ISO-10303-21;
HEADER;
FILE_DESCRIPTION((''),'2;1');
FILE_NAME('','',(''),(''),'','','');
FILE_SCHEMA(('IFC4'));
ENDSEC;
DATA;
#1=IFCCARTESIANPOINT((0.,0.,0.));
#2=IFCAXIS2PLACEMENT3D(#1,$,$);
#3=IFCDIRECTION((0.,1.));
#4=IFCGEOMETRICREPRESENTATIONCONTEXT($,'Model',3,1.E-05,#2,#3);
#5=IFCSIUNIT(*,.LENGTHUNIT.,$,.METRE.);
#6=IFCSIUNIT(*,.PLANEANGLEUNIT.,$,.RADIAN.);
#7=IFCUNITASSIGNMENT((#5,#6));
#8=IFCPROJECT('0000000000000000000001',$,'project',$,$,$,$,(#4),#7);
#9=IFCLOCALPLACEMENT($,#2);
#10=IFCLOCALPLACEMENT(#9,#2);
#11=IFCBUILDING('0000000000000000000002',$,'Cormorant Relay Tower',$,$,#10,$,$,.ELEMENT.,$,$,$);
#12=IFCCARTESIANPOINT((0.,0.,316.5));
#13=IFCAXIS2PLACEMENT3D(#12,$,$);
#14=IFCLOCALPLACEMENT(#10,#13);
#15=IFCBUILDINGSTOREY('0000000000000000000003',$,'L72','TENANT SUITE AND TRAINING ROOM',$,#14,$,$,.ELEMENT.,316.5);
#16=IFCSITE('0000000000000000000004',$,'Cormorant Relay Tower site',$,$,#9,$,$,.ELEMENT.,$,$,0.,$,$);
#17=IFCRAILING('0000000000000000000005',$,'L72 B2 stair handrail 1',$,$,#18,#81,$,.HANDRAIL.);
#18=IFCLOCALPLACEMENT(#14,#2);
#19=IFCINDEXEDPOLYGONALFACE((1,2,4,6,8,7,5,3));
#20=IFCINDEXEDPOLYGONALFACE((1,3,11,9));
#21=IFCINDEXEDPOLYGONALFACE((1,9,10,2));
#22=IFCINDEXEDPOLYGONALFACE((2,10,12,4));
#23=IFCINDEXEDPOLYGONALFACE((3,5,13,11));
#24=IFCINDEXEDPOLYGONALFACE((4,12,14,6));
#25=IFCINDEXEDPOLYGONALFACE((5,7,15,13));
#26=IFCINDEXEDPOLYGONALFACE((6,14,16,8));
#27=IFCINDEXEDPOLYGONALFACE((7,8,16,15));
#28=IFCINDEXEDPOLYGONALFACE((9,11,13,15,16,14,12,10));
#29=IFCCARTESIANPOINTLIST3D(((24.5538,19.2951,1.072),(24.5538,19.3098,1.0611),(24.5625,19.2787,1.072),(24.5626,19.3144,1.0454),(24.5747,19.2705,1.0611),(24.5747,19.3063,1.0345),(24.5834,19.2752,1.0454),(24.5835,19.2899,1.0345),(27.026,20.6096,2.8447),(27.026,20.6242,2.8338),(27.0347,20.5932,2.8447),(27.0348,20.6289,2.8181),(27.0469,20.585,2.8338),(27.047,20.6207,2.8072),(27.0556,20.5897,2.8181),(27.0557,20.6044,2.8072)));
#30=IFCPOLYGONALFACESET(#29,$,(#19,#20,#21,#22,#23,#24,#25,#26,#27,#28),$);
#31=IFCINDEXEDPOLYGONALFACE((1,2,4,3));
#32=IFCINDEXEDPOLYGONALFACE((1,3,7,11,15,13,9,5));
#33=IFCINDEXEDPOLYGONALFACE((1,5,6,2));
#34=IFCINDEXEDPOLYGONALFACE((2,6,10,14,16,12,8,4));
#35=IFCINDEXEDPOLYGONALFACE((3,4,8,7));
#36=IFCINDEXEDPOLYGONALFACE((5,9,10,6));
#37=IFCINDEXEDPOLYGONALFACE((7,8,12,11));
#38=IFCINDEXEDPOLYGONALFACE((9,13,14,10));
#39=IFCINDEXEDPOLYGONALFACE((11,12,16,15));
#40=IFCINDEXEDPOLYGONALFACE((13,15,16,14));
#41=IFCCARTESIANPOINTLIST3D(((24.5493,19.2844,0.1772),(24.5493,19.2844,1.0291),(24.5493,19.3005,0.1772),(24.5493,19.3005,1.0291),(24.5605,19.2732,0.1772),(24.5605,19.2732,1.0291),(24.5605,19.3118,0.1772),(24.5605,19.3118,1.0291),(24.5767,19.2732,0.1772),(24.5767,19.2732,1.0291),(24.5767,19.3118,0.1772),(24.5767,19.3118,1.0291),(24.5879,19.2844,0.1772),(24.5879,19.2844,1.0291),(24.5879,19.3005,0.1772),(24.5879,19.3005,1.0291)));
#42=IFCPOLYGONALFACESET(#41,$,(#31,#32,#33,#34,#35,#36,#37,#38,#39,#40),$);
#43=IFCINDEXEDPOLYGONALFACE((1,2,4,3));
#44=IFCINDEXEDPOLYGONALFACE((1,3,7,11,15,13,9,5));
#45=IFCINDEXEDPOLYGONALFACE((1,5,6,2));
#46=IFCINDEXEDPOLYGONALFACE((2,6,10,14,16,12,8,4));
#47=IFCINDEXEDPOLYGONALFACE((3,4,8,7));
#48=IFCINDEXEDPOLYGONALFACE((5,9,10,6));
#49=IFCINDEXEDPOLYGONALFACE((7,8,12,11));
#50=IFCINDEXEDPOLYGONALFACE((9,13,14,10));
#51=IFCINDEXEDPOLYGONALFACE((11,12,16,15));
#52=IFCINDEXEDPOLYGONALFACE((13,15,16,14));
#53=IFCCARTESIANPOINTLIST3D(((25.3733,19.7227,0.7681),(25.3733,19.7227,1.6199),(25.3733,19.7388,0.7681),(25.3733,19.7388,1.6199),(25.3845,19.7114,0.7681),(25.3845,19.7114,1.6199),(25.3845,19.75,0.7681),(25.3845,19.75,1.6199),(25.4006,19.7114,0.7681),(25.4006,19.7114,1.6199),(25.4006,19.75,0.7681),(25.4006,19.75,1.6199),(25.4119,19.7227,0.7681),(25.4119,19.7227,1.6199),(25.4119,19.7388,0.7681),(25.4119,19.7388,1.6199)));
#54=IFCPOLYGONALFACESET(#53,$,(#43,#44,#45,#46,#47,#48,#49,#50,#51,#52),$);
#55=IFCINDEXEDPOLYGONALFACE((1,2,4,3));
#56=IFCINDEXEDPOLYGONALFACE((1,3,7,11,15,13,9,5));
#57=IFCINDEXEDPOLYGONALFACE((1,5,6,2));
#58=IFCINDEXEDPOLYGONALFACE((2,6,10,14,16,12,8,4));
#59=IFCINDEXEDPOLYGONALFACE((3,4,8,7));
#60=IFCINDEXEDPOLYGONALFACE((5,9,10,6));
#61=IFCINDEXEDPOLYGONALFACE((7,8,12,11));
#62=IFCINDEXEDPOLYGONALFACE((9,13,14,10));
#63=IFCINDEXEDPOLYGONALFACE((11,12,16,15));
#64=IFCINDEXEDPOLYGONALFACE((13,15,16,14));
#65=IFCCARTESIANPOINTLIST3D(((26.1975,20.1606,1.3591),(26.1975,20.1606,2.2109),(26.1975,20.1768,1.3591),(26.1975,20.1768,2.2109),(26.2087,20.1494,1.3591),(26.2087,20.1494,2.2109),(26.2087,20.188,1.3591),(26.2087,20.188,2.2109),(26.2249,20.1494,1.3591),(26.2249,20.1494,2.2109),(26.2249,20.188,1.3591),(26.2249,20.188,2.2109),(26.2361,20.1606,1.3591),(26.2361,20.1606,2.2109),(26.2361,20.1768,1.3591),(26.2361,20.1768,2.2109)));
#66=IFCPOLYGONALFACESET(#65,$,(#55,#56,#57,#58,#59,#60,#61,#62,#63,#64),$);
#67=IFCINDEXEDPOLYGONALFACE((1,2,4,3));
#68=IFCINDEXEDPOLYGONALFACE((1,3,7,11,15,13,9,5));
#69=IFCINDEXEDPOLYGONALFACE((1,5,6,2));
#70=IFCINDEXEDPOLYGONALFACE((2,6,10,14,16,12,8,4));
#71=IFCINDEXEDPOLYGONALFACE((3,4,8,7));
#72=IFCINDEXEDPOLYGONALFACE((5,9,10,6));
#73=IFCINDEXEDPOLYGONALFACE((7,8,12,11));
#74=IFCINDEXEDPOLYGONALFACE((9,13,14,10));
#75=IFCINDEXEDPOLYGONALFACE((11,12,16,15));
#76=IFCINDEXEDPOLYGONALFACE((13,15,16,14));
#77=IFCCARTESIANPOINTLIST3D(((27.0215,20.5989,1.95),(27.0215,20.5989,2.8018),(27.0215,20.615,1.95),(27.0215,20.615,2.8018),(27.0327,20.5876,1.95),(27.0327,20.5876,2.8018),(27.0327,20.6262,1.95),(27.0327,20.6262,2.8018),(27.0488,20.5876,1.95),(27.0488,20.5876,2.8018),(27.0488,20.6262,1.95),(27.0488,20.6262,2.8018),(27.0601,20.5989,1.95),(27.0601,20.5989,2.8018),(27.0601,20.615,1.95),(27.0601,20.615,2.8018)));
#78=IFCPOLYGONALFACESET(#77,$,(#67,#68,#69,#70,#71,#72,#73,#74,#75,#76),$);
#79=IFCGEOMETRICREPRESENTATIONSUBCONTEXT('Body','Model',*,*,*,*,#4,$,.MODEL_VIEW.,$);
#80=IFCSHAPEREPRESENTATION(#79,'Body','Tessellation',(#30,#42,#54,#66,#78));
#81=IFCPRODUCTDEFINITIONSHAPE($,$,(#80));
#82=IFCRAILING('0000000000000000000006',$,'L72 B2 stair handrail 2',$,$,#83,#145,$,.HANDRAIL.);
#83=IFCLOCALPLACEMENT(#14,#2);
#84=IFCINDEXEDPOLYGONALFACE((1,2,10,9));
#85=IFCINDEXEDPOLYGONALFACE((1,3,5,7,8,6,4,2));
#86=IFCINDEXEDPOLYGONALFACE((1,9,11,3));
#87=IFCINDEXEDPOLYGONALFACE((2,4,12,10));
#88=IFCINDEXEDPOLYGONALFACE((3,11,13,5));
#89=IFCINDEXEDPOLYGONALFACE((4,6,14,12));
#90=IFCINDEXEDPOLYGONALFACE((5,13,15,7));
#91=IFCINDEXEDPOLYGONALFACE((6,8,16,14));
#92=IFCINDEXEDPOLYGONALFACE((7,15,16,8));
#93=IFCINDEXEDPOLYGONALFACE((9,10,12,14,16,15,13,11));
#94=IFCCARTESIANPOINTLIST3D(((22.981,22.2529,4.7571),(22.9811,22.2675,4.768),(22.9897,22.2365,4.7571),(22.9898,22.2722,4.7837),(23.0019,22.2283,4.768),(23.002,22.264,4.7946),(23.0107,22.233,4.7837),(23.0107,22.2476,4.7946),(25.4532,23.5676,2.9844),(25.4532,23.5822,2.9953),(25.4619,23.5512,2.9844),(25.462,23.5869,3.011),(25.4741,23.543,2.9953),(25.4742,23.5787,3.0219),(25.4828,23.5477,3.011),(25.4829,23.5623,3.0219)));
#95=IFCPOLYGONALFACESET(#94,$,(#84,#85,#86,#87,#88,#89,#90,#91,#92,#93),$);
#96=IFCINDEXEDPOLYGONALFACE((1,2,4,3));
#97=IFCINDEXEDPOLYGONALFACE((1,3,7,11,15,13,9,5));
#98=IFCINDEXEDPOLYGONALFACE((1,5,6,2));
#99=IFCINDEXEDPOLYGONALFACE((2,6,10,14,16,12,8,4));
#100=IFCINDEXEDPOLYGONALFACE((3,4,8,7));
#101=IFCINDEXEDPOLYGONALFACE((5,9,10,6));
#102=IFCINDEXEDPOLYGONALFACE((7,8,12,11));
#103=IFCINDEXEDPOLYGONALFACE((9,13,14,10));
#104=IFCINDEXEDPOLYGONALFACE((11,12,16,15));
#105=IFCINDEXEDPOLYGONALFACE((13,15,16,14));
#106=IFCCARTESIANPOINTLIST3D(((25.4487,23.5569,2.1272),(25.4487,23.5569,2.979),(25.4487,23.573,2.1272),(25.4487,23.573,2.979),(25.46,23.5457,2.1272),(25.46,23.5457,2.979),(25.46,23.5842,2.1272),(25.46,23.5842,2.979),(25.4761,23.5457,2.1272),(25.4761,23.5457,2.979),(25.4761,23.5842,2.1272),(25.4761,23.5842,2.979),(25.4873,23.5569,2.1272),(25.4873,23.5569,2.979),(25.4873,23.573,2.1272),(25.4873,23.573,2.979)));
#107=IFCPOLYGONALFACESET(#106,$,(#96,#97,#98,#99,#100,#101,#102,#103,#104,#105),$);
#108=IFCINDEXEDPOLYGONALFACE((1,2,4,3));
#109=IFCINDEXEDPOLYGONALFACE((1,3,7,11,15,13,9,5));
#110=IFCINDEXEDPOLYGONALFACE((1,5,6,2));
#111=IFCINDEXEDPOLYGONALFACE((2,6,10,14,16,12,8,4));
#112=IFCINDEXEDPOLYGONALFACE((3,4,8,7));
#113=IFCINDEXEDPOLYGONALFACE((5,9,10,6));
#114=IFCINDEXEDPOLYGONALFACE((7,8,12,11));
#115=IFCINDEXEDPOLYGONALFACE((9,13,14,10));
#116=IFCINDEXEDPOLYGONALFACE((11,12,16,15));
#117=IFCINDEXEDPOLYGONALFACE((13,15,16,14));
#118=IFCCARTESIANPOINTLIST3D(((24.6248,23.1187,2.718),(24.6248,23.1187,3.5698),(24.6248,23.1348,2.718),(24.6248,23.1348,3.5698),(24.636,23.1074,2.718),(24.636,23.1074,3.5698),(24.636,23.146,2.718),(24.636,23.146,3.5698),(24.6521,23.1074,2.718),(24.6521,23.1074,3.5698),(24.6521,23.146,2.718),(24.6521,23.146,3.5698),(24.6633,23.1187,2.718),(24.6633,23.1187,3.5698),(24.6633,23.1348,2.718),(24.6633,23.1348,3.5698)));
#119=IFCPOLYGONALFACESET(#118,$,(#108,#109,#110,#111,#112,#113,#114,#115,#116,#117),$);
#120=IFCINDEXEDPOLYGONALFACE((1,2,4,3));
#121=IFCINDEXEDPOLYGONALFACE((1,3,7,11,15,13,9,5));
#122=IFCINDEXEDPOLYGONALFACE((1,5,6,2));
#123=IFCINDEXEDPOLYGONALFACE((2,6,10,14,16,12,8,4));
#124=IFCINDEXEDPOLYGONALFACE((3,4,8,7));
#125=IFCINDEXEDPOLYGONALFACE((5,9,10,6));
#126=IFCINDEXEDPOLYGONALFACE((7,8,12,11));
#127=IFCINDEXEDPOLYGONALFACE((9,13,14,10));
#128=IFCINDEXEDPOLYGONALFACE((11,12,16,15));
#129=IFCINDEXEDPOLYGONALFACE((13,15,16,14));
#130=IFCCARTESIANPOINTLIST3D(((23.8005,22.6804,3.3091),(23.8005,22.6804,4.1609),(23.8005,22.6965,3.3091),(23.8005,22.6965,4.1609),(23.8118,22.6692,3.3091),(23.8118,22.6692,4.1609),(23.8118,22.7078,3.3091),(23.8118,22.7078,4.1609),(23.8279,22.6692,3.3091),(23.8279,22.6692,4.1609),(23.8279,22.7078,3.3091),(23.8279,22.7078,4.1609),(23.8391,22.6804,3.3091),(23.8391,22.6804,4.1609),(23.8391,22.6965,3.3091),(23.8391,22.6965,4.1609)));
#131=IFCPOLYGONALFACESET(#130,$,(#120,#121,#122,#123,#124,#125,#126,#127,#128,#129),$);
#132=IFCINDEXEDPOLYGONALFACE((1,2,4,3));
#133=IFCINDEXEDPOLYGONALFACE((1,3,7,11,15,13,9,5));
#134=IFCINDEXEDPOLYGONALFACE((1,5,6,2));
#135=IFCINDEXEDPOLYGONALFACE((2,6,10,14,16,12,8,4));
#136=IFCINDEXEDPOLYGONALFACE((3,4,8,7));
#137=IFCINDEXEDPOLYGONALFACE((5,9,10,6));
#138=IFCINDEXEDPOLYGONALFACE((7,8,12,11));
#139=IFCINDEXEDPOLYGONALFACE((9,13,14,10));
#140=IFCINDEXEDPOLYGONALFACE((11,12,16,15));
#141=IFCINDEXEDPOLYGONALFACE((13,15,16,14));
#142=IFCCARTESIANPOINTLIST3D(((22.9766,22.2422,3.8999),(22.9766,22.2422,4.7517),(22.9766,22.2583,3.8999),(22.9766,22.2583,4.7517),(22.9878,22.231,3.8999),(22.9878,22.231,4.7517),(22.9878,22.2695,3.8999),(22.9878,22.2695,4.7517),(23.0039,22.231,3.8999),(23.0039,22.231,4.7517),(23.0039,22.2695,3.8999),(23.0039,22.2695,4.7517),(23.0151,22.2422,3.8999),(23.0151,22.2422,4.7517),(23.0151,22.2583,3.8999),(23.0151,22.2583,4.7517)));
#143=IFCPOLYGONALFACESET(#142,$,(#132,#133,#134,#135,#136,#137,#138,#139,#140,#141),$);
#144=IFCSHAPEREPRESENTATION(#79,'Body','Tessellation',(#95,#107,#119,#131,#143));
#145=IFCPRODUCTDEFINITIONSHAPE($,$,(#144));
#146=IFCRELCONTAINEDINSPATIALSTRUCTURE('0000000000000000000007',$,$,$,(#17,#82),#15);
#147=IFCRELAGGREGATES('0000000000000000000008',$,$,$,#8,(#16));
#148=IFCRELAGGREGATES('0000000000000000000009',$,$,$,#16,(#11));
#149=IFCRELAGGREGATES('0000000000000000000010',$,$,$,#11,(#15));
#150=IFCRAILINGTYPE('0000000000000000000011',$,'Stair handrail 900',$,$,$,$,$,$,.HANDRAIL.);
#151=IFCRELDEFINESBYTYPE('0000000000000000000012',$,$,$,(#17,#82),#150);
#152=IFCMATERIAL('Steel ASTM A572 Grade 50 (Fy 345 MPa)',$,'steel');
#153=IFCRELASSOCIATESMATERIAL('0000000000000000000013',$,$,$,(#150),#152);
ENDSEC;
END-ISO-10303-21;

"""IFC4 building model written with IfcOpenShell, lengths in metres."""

from ifc_helpers import new_model, si_unit, direction, frame, origin, place, context, subcontext, project, spatial, polyline, outline, extrude, material, type_object, element, save


model = new_model("IFC4")

# Units and contexts
model_context = context("Model", 3, precision=1e-05, world=origin(), true_north=direction((0.0, 1.0)))
body_context = subcontext(model_context, "Body", "Model", "MODEL_VIEW")
ifc_project = project(units=[si_unit("LENGTHUNIT", "METRE"), si_unit("PLANEANGLEUNIT", "RADIAN")], contexts=[model_context])

# Site, building, storey
site_placement = place(None, origin())
site = spatial("IfcSite", under=ifc_project, at=site_placement, Name="Cormorant Relay Tower site", CompositionType="ELEMENT", RefElevation=0.0)
building_placement = place(site_placement, origin())
building = spatial("IfcBuilding", under=site, at=building_placement, Name="Cormorant Relay Tower", CompositionType="ELEMENT")
storey_placement = place(building_placement, frame((0.0, 0.0, 316.5)))
storey = spatial("IfcBuildingStorey", under=building, at=storey_placement, Name="L72", Description="TENANT SUITE AND TRAINING ROOM", CompositionType="ELEMENT", Elevation=316.5)

# Railings
ifc_material_1 = material(Name="Steel ASTM A572 Grade 50 (Fy 345 MPa)", Category="steel")
railing_type_1 = type_object("IfcRailingType", Name="Stair handrail 900", PredefinedType="HANDRAIL", material=ifc_material_1)
railing_1_placement = place(storey_placement, frame((24.5686, 19.2925, 0.1772)))
element("IfcRailing", 1, at=railing_1_placement, inside=storey, type_object=railing_type_1, Name="L72 B2 stair handrail 1", PredefinedType="HANDRAIL", context=body_context, shape_type="SweptSolid", body=[
    extrude(outline(polyline([(0.0222, 0.0093), (0.0093, 0.0222), (-0.0093, 0.0222), (-0.0222, 0.0093), (-0.0222, -0.0093), (-0.0093, -0.0222), (0.0093, -0.0222), (0.0222, -0.0093), (0.0222, 0.0093)])), frame((0.0, 0.0, 0.876), z_axis=(0.746001, 0.396649, 0.534931), x_axis=(-0.469465, 0.882951, 0.0)), (0.0, 0.0, 1.0), 3.314),
    extrude(outline(polyline([(0.0193, 0.0081), (0.0081, 0.0193), (-0.0081, 0.0193), (-0.0193, 0.0081), (-0.0193, -0.0081), (-0.0081, -0.0193), (0.0081, -0.0193), (0.0193, -0.0081), (0.0193, 0.0081)])), origin(), (0.0, 0.0, 1.0), 0.8518),
    extrude(outline(polyline([(0.0193, 0.0081), (0.0081, 0.0193), (-0.0081, 0.0193), (-0.0193, 0.0081), (-0.0193, -0.0081), (-0.0081, -0.0193), (0.0081, -0.0193), (0.0193, -0.0081), (0.0193, 0.0081)])), frame((0.824, 0.4382, 0.5908)), (0.0, 0.0, 1.0), 0.8518),
    extrude(outline(polyline([(0.0193, 0.0081), (0.0081, 0.0193), (-0.0081, 0.0193), (-0.0193, 0.0081), (-0.0193, -0.0081), (-0.0081, -0.0193), (0.0081, -0.0193), (0.0193, -0.0081), (0.0193, 0.0081)])), frame((1.6482, 0.8762, 1.1819)), (0.0, 0.0, 1.0), 0.8518),
    extrude(outline(polyline([(0.0193, 0.0081), (0.0081, 0.0193), (-0.0081, 0.0193), (-0.0193, 0.0081), (-0.0193, -0.0081), (-0.0081, -0.0193), (0.0081, -0.0193), (0.0193, -0.0081), (0.0193, 0.0081)])), frame((2.4722, 1.3145, 1.7727)), (0.0, 0.0, 1.0), 0.8518),
])
railing_2_placement = place(storey_placement, frame((25.468, 23.5649, 2.1272)))
element("IfcRailing", 2, at=railing_2_placement, inside=storey, type_object=railing_type_1, Name="L72 B2 stair handrail 2", PredefinedType="HANDRAIL", context=body_context, shape_type="SweptSolid", body=[
    extrude(outline(polyline([(0.0222, 0.0093), (0.0093, 0.0222), (-0.0093, 0.0222), (-0.0222, 0.0093), (-0.0222, -0.0093), (-0.0093, -0.0222), (0.0093, -0.0222), (0.0222, -0.0093), (0.0222, 0.0093)])), frame((0.0, 0.0, 0.876), z_axis=(-0.745979, -0.396711, 0.534916), x_axis=(0.469533, -0.882915, 0.0)), (0.0, 0.0, 1.0), 3.314),
    extrude(outline(polyline([(0.0193, 0.0081), (0.0081, 0.0193), (-0.0081, 0.0193), (-0.0193, 0.0081), (-0.0193, -0.0081), (-0.0081, -0.0193), (0.0081, -0.0193), (0.0193, -0.0081), (0.0193, 0.0081)])), origin(), (0.0, 0.0, 1.0), 0.8518),
    extrude(outline(polyline([(0.0193, 0.0081), (0.0081, 0.0193), (-0.0081, 0.0193), (-0.0193, 0.0081), (-0.0193, -0.0081), (-0.0081, -0.0193), (0.0081, -0.0193), (0.0193, -0.0081), (0.0193, 0.0081)])), frame((-0.824, -0.4382, 0.5908)), (0.0, 0.0, 1.0), 0.8518),
    extrude(outline(polyline([(0.0193, 0.0081), (0.0081, 0.0193), (-0.0081, 0.0193), (-0.0193, 0.0081), (-0.0193, -0.0081), (-0.0081, -0.0193), (0.0081, -0.0193), (0.0193, -0.0081), (0.0193, 0.0081)])), frame((-1.6482, -0.8765, 1.1819)), (0.0, 0.0, 1.0), 0.8518),
    extrude(outline(polyline([(0.0193, 0.0081), (0.0081, 0.0193), (-0.0081, 0.0193), (-0.0193, 0.0081), (-0.0193, -0.0081), (-0.0081, -0.0193), (0.0081, -0.0193), (0.0193, -0.0081), (0.0193, 0.0081)])), frame((-2.4722, -1.3147, 1.7727)), (0.0, 0.0, 1.0), 0.8518),
])

save(model, "model.ifc")
